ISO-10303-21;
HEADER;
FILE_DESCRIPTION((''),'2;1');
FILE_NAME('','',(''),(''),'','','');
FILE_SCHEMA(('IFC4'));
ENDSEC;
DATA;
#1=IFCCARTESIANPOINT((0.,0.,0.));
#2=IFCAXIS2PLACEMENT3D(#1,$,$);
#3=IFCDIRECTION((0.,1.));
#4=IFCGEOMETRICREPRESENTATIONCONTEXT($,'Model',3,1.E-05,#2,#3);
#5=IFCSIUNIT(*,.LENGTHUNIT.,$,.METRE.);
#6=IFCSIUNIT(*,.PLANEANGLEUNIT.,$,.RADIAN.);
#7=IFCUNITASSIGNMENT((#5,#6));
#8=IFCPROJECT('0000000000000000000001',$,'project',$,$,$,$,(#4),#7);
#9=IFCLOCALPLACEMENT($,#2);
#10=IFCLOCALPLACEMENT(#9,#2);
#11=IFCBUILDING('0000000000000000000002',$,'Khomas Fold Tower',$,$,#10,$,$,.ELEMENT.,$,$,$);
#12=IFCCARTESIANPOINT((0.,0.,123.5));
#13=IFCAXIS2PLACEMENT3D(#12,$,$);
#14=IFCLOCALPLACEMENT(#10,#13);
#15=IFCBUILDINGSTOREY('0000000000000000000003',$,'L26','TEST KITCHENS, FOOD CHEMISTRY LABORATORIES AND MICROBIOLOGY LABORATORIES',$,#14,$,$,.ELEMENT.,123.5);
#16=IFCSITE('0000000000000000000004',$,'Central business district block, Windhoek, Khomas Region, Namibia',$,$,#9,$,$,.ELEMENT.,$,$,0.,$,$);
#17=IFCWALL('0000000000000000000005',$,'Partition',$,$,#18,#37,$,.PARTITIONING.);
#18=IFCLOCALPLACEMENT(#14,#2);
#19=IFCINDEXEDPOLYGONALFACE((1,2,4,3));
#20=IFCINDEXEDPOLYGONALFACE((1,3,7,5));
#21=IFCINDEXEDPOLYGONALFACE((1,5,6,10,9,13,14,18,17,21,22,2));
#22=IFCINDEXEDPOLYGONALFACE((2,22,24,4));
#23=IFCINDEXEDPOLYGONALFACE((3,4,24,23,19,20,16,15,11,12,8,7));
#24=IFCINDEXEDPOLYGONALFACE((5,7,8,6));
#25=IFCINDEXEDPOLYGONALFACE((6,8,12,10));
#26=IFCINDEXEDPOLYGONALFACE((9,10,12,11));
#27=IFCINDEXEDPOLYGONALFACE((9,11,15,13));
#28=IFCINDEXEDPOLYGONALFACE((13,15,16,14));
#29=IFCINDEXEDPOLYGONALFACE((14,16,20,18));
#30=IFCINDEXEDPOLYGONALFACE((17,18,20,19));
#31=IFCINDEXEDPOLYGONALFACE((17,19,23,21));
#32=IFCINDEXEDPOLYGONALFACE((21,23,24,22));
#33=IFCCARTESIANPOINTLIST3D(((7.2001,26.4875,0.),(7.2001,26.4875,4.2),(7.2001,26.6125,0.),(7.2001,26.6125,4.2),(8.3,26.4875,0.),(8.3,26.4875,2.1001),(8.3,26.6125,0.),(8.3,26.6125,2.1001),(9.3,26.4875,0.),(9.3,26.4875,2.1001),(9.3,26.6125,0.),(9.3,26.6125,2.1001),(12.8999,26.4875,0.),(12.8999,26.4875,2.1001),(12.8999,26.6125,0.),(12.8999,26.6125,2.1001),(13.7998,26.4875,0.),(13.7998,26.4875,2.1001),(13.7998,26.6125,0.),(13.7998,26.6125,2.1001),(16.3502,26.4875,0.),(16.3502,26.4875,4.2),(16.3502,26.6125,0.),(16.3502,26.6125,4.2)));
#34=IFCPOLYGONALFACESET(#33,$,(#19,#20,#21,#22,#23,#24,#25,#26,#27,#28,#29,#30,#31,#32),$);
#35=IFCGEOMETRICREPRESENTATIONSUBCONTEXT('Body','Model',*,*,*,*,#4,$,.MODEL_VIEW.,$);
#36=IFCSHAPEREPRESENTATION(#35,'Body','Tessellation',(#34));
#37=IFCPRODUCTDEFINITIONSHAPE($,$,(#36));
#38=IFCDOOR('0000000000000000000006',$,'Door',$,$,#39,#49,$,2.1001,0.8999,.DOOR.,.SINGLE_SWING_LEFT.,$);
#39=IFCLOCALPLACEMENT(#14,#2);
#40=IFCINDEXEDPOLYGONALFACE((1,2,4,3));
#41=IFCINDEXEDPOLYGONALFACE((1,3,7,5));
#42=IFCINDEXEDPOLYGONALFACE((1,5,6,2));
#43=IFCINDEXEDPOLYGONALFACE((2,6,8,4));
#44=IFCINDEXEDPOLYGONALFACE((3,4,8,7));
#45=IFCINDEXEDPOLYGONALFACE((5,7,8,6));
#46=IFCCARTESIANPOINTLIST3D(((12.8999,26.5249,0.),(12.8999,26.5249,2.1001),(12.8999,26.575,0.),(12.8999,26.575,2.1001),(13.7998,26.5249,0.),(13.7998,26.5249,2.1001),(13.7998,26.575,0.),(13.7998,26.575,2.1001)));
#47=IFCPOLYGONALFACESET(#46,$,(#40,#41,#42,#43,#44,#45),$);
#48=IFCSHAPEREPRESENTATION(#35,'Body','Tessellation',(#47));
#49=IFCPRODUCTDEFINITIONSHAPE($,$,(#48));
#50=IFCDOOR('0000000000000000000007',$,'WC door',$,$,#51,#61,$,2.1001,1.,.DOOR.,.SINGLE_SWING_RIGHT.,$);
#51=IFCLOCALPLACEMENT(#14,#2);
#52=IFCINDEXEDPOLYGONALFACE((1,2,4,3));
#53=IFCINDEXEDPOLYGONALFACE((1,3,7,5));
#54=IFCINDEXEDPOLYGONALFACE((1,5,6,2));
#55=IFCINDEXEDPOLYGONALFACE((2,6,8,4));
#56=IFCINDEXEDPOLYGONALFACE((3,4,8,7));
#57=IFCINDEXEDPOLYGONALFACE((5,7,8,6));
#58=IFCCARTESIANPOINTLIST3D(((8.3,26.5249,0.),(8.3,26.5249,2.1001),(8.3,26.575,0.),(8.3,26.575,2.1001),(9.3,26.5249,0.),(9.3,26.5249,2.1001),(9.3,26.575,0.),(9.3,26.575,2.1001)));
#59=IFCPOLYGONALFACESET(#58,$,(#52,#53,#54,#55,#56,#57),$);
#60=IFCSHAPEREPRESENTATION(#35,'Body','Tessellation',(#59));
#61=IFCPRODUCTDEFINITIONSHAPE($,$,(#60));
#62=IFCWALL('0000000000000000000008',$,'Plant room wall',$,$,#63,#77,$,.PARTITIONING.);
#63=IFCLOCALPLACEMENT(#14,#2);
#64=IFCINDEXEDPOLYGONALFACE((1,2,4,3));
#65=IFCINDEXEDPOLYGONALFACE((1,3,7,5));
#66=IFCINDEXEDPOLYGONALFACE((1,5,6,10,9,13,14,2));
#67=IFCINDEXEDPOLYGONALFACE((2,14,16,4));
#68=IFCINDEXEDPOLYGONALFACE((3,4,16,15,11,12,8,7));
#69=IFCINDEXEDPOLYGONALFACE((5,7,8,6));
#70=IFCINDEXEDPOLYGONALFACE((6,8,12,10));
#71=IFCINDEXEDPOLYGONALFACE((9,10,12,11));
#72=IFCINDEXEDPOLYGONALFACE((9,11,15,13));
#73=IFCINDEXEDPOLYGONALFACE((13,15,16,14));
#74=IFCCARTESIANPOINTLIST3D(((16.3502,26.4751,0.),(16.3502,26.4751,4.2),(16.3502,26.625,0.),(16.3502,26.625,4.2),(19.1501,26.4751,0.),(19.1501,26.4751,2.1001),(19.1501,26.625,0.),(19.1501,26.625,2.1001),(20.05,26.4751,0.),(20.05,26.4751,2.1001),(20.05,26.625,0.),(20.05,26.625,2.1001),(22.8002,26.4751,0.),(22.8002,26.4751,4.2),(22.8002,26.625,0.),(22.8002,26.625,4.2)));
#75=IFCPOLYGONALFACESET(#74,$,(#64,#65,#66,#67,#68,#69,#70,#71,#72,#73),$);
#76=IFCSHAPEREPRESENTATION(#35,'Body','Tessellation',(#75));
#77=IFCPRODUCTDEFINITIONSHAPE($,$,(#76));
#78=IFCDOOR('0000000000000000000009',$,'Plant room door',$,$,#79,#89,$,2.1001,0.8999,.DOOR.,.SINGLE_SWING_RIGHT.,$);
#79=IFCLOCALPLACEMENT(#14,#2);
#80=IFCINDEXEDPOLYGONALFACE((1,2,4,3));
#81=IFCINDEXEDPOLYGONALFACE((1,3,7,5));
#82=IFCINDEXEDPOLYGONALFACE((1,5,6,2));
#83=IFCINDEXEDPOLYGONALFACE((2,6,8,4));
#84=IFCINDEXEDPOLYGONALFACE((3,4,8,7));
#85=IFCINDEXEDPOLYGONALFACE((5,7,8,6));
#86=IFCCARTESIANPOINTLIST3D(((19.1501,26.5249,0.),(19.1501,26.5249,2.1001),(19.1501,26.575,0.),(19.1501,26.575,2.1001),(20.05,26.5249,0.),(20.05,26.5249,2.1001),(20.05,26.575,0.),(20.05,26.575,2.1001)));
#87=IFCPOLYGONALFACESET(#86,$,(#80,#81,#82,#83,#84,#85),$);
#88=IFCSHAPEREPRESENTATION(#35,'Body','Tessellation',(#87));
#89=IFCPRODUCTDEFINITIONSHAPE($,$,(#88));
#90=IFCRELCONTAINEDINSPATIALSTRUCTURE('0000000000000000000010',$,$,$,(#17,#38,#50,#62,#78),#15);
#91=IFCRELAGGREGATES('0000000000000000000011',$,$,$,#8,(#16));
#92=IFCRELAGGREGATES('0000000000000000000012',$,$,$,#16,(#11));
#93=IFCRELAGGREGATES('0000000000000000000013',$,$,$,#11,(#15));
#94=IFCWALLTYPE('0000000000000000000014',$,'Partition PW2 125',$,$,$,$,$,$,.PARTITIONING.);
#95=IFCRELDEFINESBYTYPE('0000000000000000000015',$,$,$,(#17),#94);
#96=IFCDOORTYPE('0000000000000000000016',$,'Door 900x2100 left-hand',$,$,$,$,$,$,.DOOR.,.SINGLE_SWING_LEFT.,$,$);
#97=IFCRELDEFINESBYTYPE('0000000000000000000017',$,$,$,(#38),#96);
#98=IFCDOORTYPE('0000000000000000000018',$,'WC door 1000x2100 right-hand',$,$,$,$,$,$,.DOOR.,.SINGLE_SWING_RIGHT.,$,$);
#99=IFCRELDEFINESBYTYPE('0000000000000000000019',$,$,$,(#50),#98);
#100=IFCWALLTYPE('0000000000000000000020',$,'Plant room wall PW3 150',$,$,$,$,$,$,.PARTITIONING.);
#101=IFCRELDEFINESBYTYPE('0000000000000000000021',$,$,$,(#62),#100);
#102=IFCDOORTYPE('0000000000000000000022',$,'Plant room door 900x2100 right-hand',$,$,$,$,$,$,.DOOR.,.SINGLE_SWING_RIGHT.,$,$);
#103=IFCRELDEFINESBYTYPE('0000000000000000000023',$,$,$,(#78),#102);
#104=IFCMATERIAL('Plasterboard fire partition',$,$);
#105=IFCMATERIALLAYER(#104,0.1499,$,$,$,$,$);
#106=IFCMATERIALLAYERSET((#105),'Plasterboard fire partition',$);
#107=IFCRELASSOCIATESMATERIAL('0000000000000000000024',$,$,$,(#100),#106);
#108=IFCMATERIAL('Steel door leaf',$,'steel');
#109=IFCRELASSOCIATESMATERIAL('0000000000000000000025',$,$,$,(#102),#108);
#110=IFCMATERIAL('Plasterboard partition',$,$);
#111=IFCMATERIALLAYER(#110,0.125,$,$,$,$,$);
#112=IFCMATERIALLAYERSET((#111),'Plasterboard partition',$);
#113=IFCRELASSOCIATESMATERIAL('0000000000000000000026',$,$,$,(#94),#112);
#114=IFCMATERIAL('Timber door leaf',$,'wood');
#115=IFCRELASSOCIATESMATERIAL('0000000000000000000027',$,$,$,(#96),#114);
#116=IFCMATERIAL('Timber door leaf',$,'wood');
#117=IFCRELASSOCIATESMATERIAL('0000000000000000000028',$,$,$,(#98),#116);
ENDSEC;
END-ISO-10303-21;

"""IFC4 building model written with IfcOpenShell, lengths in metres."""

from ifc_helpers import new_model, si_unit, direction, frame, frame_2d, origin, place, context, subcontext, project, spatial, rectangle, extrude, source, transform, mapped, material, layer, layer_set, type_object, element, fill, save


model = new_model("IFC4")

# Units and contexts
model_context = context("Model", 3, precision=1e-05, world=origin(), true_north=direction((0.0, 1.0)))
body_context = subcontext(model_context, "Body", "Model", "MODEL_VIEW")
ifc_project = project(units=[si_unit("LENGTHUNIT", "METRE"), si_unit("PLANEANGLEUNIT", "RADIAN")], contexts=[model_context])

# Site, building, storey
site_placement = place(None, origin())
site = spatial("IfcSite", under=ifc_project, at=site_placement, Name="Central business district block, Windhoek, Khomas Region, Namibia", CompositionType="ELEMENT", RefElevation=0.0)
building_placement = place(site_placement, origin())
building = spatial("IfcBuilding", under=site, at=building_placement, Name="Khomas Fold Tower", CompositionType="ELEMENT")
storey_placement = place(building_placement, frame((0.0, 0.0, 123.5)))
storey = spatial("IfcBuildingStorey", under=building, at=storey_placement, Name="L26", Description="TEST KITCHENS, FOOD CHEMISTRY LABORATORIES AND MICROBIOLOGY LABORATORIES", CompositionType="ELEMENT", Elevation=123.5)

# Shared definitions
ifc_material_1 = material(Name="Plasterboard fire partition")
ifc_layer_1 = layer(ifc_material_1, 0.1499)
ifc_layer_set_1 = layer_set([ifc_layer_1], Name="Plasterboard fire partition")
wall_type_1 = type_object("IfcWallType", Name="Plant room wall PW3 150", PredefinedType="PARTITIONING", material=ifc_layer_set_1)
shared_shape_1 = source(origin(), body_context, "Body", "SweptSolid", [
    extrude(rectangle(XDim=0.8999, YDim=2.1001, at=frame_2d((0.45, 1.05))), frame((0.0, 0.085, 0.0), z_axis=(0.0, -1.0, 0.0), x_axis=(1.0, 0.0, 0.0)), (0.0, 0.0, 1.0), 0.1699),
])
ifc_material_2 = material(Name="Steel door leaf", Category="steel")
door_type_1 = type_object("IfcDoorType", Name="Plant room door 900x2100 right-hand", OperationType="SINGLE_SWING_RIGHT", PredefinedType="DOOR", material=ifc_material_2)
shared_shape_2 = source(origin(), body_context, "Body", "SweptSolid", [
    extrude(rectangle(XDim=0.8999, YDim=2.1001, at=frame_2d((0.45, 1.05))), frame((0.0, 0.0249, 0.0), z_axis=(0.0, -1.0, 0.0), x_axis=(1.0, 0.0, 0.0)), (0.0, 0.0, 1.0), 0.05),
])

# Wall, openings, doors
ifc_material_3 = material(Name="Plasterboard partition")
ifc_layer_2 = layer(ifc_material_3, 0.125)
ifc_layer_set_2 = layer_set([ifc_layer_2], Name="Plasterboard partition")
wall_type_2 = type_object("IfcWallType", Name="Partition PW2 125", PredefinedType="PARTITIONING", material=ifc_layer_set_2)
shared_shape_3 = source(origin(), body_context, "Body", "SweptSolid", [
    extrude(rectangle(XDim=9.1501, YDim=0.125, at=frame_2d((4.5752, 0.0))), origin(), (0.0, 0.0, 1.0), 4.2),
])
wall_1_placement = place(storey_placement, frame((7.2, 26.55, 0.0), z_axis=(0.0, 0.0, 1.0), x_axis=(1.0, 0.0, 0.0)))
wall_1 = element("IfcWall", 1, at=wall_1_placement, inside=storey, type_object=wall_type_2, Name="Partition", PredefinedType="PARTITIONING", context=body_context, shape_type="MappedRepresentation", body=[
    mapped(shared_shape_3, transform((0.0, 0.0, 0.0))),
])
shared_shape_4 = source(origin(), body_context, "Body", "SweptSolid", [
    extrude(rectangle(XDim=1.0, YDim=2.1001, at=frame_2d((0.5, 1.05))), frame((0.0, 0.0725, 0.0), z_axis=(0.0, -1.0, 0.0), x_axis=(1.0, 0.0, 0.0)), (0.0, 0.0, 1.0), 0.145),
])
opening_1_placement = place(wall_1_placement, frame((1.1001, 0.0, 0.0)))
opening_1 = element("IfcOpeningElement", 2, at=opening_1_placement, cuts=wall_1, PredefinedType="OPENING", context=body_context, shape_type="MappedRepresentation", body=[
    mapped(shared_shape_4, transform((0.0, 0.0, 0.0))),
])
shared_shape_5 = source(origin(), body_context, "Body", "SweptSolid", [
    extrude(rectangle(XDim=0.8999, YDim=2.1001, at=frame_2d((0.45, 1.05))), frame((0.0, 0.0725, 0.0), z_axis=(0.0, -1.0, 0.0), x_axis=(1.0, 0.0, 0.0)), (0.0, 0.0, 1.0), 0.145),
])
opening_2_placement = place(wall_1_placement, frame((5.7, 0.0, 0.0)))
opening_2 = element("IfcOpeningElement", 3, at=opening_2_placement, cuts=wall_1, PredefinedType="OPENING", context=body_context, shape_type="MappedRepresentation", body=[
    mapped(shared_shape_5, transform((0.0, 0.0, 0.0))),
])
ifc_material_4 = material(Name="Timber door leaf", Category="wood")
door_type_2 = type_object("IfcDoorType", Name="Door 900x2100 left-hand", OperationType="SINGLE_SWING_LEFT", PredefinedType="DOOR", material=ifc_material_4)
door_1_placement = place(opening_2_placement, origin())
door_1 = element("IfcDoor", 4, at=door_1_placement, inside=storey, type_object=door_type_2, Name="Door", OperationType="SINGLE_SWING_LEFT", OverallHeight=2.1001, OverallWidth=0.8999, PredefinedType="DOOR", context=body_context, shape_type="MappedRepresentation", body=[
    mapped(shared_shape_2, transform((0.0, 0.0, 0.0))),
])
fill(opening_2, door_1)
ifc_material_5 = material(Name="Timber door leaf", Category="wood")
door_type_3 = type_object("IfcDoorType", Name="WC door 1000x2100 right-hand", OperationType="SINGLE_SWING_RIGHT", PredefinedType="DOOR", material=ifc_material_5)
shared_shape_6 = source(origin(), body_context, "Body", "SweptSolid", [
    extrude(rectangle(XDim=1.0, YDim=2.1001, at=frame_2d((0.5, 1.05))), frame((0.0, 0.0249, 0.0), z_axis=(0.0, -1.0, 0.0), x_axis=(1.0, 0.0, 0.0)), (0.0, 0.0, 1.0), 0.05),
])
door_2_placement = place(opening_1_placement, origin())
door_2 = element("IfcDoor", 5, at=door_2_placement, inside=storey, type_object=door_type_3, Name="WC door", OperationType="SINGLE_SWING_RIGHT", OverallHeight=2.1001, OverallWidth=1.0, PredefinedType="DOOR", context=body_context, shape_type="MappedRepresentation", body=[
    mapped(shared_shape_6, transform((0.0, 0.0, 0.0))),
])
fill(opening_1, door_2)

# Wall, opening, door
shared_shape_7 = source(origin(), body_context, "Body", "SweptSolid", [
    extrude(rectangle(XDim=6.45, YDim=0.1499, at=frame_2d((3.2251, 0.0))), origin(), (0.0, 0.0, 1.0), 4.2),
])
wall_2_placement = place(storey_placement, frame((16.3501, 26.55, 0.0), z_axis=(0.0, 0.0, 1.0), x_axis=(1.0, 0.0, 0.0)))
wall_2 = element("IfcWall", 6, at=wall_2_placement, inside=storey, type_object=wall_type_1, Name="Plant room wall", PredefinedType="PARTITIONING", context=body_context, shape_type="MappedRepresentation", body=[
    mapped(shared_shape_7, transform((0.0, 0.0, 0.0))),
])
opening_3_placement = place(wall_2_placement, frame((2.8, 0.0, 0.0)))
opening_3 = element("IfcOpeningElement", 7, at=opening_3_placement, cuts=wall_2, PredefinedType="OPENING", context=body_context, shape_type="MappedRepresentation", body=[
    mapped(shared_shape_1, transform((0.0, 0.0, 0.0))),
])
door_3_placement = place(opening_3_placement, origin())
door_3 = element("IfcDoor", 8, at=door_3_placement, inside=storey, type_object=door_type_1, Name="Plant room door", OperationType="SINGLE_SWING_RIGHT", OverallHeight=2.1001, OverallWidth=0.8999, PredefinedType="DOOR", context=body_context, shape_type="MappedRepresentation", body=[
    mapped(shared_shape_2, transform((0.0, 0.0, 0.0))),
])
fill(opening_3, door_3)

save(model, "model.ifc")
